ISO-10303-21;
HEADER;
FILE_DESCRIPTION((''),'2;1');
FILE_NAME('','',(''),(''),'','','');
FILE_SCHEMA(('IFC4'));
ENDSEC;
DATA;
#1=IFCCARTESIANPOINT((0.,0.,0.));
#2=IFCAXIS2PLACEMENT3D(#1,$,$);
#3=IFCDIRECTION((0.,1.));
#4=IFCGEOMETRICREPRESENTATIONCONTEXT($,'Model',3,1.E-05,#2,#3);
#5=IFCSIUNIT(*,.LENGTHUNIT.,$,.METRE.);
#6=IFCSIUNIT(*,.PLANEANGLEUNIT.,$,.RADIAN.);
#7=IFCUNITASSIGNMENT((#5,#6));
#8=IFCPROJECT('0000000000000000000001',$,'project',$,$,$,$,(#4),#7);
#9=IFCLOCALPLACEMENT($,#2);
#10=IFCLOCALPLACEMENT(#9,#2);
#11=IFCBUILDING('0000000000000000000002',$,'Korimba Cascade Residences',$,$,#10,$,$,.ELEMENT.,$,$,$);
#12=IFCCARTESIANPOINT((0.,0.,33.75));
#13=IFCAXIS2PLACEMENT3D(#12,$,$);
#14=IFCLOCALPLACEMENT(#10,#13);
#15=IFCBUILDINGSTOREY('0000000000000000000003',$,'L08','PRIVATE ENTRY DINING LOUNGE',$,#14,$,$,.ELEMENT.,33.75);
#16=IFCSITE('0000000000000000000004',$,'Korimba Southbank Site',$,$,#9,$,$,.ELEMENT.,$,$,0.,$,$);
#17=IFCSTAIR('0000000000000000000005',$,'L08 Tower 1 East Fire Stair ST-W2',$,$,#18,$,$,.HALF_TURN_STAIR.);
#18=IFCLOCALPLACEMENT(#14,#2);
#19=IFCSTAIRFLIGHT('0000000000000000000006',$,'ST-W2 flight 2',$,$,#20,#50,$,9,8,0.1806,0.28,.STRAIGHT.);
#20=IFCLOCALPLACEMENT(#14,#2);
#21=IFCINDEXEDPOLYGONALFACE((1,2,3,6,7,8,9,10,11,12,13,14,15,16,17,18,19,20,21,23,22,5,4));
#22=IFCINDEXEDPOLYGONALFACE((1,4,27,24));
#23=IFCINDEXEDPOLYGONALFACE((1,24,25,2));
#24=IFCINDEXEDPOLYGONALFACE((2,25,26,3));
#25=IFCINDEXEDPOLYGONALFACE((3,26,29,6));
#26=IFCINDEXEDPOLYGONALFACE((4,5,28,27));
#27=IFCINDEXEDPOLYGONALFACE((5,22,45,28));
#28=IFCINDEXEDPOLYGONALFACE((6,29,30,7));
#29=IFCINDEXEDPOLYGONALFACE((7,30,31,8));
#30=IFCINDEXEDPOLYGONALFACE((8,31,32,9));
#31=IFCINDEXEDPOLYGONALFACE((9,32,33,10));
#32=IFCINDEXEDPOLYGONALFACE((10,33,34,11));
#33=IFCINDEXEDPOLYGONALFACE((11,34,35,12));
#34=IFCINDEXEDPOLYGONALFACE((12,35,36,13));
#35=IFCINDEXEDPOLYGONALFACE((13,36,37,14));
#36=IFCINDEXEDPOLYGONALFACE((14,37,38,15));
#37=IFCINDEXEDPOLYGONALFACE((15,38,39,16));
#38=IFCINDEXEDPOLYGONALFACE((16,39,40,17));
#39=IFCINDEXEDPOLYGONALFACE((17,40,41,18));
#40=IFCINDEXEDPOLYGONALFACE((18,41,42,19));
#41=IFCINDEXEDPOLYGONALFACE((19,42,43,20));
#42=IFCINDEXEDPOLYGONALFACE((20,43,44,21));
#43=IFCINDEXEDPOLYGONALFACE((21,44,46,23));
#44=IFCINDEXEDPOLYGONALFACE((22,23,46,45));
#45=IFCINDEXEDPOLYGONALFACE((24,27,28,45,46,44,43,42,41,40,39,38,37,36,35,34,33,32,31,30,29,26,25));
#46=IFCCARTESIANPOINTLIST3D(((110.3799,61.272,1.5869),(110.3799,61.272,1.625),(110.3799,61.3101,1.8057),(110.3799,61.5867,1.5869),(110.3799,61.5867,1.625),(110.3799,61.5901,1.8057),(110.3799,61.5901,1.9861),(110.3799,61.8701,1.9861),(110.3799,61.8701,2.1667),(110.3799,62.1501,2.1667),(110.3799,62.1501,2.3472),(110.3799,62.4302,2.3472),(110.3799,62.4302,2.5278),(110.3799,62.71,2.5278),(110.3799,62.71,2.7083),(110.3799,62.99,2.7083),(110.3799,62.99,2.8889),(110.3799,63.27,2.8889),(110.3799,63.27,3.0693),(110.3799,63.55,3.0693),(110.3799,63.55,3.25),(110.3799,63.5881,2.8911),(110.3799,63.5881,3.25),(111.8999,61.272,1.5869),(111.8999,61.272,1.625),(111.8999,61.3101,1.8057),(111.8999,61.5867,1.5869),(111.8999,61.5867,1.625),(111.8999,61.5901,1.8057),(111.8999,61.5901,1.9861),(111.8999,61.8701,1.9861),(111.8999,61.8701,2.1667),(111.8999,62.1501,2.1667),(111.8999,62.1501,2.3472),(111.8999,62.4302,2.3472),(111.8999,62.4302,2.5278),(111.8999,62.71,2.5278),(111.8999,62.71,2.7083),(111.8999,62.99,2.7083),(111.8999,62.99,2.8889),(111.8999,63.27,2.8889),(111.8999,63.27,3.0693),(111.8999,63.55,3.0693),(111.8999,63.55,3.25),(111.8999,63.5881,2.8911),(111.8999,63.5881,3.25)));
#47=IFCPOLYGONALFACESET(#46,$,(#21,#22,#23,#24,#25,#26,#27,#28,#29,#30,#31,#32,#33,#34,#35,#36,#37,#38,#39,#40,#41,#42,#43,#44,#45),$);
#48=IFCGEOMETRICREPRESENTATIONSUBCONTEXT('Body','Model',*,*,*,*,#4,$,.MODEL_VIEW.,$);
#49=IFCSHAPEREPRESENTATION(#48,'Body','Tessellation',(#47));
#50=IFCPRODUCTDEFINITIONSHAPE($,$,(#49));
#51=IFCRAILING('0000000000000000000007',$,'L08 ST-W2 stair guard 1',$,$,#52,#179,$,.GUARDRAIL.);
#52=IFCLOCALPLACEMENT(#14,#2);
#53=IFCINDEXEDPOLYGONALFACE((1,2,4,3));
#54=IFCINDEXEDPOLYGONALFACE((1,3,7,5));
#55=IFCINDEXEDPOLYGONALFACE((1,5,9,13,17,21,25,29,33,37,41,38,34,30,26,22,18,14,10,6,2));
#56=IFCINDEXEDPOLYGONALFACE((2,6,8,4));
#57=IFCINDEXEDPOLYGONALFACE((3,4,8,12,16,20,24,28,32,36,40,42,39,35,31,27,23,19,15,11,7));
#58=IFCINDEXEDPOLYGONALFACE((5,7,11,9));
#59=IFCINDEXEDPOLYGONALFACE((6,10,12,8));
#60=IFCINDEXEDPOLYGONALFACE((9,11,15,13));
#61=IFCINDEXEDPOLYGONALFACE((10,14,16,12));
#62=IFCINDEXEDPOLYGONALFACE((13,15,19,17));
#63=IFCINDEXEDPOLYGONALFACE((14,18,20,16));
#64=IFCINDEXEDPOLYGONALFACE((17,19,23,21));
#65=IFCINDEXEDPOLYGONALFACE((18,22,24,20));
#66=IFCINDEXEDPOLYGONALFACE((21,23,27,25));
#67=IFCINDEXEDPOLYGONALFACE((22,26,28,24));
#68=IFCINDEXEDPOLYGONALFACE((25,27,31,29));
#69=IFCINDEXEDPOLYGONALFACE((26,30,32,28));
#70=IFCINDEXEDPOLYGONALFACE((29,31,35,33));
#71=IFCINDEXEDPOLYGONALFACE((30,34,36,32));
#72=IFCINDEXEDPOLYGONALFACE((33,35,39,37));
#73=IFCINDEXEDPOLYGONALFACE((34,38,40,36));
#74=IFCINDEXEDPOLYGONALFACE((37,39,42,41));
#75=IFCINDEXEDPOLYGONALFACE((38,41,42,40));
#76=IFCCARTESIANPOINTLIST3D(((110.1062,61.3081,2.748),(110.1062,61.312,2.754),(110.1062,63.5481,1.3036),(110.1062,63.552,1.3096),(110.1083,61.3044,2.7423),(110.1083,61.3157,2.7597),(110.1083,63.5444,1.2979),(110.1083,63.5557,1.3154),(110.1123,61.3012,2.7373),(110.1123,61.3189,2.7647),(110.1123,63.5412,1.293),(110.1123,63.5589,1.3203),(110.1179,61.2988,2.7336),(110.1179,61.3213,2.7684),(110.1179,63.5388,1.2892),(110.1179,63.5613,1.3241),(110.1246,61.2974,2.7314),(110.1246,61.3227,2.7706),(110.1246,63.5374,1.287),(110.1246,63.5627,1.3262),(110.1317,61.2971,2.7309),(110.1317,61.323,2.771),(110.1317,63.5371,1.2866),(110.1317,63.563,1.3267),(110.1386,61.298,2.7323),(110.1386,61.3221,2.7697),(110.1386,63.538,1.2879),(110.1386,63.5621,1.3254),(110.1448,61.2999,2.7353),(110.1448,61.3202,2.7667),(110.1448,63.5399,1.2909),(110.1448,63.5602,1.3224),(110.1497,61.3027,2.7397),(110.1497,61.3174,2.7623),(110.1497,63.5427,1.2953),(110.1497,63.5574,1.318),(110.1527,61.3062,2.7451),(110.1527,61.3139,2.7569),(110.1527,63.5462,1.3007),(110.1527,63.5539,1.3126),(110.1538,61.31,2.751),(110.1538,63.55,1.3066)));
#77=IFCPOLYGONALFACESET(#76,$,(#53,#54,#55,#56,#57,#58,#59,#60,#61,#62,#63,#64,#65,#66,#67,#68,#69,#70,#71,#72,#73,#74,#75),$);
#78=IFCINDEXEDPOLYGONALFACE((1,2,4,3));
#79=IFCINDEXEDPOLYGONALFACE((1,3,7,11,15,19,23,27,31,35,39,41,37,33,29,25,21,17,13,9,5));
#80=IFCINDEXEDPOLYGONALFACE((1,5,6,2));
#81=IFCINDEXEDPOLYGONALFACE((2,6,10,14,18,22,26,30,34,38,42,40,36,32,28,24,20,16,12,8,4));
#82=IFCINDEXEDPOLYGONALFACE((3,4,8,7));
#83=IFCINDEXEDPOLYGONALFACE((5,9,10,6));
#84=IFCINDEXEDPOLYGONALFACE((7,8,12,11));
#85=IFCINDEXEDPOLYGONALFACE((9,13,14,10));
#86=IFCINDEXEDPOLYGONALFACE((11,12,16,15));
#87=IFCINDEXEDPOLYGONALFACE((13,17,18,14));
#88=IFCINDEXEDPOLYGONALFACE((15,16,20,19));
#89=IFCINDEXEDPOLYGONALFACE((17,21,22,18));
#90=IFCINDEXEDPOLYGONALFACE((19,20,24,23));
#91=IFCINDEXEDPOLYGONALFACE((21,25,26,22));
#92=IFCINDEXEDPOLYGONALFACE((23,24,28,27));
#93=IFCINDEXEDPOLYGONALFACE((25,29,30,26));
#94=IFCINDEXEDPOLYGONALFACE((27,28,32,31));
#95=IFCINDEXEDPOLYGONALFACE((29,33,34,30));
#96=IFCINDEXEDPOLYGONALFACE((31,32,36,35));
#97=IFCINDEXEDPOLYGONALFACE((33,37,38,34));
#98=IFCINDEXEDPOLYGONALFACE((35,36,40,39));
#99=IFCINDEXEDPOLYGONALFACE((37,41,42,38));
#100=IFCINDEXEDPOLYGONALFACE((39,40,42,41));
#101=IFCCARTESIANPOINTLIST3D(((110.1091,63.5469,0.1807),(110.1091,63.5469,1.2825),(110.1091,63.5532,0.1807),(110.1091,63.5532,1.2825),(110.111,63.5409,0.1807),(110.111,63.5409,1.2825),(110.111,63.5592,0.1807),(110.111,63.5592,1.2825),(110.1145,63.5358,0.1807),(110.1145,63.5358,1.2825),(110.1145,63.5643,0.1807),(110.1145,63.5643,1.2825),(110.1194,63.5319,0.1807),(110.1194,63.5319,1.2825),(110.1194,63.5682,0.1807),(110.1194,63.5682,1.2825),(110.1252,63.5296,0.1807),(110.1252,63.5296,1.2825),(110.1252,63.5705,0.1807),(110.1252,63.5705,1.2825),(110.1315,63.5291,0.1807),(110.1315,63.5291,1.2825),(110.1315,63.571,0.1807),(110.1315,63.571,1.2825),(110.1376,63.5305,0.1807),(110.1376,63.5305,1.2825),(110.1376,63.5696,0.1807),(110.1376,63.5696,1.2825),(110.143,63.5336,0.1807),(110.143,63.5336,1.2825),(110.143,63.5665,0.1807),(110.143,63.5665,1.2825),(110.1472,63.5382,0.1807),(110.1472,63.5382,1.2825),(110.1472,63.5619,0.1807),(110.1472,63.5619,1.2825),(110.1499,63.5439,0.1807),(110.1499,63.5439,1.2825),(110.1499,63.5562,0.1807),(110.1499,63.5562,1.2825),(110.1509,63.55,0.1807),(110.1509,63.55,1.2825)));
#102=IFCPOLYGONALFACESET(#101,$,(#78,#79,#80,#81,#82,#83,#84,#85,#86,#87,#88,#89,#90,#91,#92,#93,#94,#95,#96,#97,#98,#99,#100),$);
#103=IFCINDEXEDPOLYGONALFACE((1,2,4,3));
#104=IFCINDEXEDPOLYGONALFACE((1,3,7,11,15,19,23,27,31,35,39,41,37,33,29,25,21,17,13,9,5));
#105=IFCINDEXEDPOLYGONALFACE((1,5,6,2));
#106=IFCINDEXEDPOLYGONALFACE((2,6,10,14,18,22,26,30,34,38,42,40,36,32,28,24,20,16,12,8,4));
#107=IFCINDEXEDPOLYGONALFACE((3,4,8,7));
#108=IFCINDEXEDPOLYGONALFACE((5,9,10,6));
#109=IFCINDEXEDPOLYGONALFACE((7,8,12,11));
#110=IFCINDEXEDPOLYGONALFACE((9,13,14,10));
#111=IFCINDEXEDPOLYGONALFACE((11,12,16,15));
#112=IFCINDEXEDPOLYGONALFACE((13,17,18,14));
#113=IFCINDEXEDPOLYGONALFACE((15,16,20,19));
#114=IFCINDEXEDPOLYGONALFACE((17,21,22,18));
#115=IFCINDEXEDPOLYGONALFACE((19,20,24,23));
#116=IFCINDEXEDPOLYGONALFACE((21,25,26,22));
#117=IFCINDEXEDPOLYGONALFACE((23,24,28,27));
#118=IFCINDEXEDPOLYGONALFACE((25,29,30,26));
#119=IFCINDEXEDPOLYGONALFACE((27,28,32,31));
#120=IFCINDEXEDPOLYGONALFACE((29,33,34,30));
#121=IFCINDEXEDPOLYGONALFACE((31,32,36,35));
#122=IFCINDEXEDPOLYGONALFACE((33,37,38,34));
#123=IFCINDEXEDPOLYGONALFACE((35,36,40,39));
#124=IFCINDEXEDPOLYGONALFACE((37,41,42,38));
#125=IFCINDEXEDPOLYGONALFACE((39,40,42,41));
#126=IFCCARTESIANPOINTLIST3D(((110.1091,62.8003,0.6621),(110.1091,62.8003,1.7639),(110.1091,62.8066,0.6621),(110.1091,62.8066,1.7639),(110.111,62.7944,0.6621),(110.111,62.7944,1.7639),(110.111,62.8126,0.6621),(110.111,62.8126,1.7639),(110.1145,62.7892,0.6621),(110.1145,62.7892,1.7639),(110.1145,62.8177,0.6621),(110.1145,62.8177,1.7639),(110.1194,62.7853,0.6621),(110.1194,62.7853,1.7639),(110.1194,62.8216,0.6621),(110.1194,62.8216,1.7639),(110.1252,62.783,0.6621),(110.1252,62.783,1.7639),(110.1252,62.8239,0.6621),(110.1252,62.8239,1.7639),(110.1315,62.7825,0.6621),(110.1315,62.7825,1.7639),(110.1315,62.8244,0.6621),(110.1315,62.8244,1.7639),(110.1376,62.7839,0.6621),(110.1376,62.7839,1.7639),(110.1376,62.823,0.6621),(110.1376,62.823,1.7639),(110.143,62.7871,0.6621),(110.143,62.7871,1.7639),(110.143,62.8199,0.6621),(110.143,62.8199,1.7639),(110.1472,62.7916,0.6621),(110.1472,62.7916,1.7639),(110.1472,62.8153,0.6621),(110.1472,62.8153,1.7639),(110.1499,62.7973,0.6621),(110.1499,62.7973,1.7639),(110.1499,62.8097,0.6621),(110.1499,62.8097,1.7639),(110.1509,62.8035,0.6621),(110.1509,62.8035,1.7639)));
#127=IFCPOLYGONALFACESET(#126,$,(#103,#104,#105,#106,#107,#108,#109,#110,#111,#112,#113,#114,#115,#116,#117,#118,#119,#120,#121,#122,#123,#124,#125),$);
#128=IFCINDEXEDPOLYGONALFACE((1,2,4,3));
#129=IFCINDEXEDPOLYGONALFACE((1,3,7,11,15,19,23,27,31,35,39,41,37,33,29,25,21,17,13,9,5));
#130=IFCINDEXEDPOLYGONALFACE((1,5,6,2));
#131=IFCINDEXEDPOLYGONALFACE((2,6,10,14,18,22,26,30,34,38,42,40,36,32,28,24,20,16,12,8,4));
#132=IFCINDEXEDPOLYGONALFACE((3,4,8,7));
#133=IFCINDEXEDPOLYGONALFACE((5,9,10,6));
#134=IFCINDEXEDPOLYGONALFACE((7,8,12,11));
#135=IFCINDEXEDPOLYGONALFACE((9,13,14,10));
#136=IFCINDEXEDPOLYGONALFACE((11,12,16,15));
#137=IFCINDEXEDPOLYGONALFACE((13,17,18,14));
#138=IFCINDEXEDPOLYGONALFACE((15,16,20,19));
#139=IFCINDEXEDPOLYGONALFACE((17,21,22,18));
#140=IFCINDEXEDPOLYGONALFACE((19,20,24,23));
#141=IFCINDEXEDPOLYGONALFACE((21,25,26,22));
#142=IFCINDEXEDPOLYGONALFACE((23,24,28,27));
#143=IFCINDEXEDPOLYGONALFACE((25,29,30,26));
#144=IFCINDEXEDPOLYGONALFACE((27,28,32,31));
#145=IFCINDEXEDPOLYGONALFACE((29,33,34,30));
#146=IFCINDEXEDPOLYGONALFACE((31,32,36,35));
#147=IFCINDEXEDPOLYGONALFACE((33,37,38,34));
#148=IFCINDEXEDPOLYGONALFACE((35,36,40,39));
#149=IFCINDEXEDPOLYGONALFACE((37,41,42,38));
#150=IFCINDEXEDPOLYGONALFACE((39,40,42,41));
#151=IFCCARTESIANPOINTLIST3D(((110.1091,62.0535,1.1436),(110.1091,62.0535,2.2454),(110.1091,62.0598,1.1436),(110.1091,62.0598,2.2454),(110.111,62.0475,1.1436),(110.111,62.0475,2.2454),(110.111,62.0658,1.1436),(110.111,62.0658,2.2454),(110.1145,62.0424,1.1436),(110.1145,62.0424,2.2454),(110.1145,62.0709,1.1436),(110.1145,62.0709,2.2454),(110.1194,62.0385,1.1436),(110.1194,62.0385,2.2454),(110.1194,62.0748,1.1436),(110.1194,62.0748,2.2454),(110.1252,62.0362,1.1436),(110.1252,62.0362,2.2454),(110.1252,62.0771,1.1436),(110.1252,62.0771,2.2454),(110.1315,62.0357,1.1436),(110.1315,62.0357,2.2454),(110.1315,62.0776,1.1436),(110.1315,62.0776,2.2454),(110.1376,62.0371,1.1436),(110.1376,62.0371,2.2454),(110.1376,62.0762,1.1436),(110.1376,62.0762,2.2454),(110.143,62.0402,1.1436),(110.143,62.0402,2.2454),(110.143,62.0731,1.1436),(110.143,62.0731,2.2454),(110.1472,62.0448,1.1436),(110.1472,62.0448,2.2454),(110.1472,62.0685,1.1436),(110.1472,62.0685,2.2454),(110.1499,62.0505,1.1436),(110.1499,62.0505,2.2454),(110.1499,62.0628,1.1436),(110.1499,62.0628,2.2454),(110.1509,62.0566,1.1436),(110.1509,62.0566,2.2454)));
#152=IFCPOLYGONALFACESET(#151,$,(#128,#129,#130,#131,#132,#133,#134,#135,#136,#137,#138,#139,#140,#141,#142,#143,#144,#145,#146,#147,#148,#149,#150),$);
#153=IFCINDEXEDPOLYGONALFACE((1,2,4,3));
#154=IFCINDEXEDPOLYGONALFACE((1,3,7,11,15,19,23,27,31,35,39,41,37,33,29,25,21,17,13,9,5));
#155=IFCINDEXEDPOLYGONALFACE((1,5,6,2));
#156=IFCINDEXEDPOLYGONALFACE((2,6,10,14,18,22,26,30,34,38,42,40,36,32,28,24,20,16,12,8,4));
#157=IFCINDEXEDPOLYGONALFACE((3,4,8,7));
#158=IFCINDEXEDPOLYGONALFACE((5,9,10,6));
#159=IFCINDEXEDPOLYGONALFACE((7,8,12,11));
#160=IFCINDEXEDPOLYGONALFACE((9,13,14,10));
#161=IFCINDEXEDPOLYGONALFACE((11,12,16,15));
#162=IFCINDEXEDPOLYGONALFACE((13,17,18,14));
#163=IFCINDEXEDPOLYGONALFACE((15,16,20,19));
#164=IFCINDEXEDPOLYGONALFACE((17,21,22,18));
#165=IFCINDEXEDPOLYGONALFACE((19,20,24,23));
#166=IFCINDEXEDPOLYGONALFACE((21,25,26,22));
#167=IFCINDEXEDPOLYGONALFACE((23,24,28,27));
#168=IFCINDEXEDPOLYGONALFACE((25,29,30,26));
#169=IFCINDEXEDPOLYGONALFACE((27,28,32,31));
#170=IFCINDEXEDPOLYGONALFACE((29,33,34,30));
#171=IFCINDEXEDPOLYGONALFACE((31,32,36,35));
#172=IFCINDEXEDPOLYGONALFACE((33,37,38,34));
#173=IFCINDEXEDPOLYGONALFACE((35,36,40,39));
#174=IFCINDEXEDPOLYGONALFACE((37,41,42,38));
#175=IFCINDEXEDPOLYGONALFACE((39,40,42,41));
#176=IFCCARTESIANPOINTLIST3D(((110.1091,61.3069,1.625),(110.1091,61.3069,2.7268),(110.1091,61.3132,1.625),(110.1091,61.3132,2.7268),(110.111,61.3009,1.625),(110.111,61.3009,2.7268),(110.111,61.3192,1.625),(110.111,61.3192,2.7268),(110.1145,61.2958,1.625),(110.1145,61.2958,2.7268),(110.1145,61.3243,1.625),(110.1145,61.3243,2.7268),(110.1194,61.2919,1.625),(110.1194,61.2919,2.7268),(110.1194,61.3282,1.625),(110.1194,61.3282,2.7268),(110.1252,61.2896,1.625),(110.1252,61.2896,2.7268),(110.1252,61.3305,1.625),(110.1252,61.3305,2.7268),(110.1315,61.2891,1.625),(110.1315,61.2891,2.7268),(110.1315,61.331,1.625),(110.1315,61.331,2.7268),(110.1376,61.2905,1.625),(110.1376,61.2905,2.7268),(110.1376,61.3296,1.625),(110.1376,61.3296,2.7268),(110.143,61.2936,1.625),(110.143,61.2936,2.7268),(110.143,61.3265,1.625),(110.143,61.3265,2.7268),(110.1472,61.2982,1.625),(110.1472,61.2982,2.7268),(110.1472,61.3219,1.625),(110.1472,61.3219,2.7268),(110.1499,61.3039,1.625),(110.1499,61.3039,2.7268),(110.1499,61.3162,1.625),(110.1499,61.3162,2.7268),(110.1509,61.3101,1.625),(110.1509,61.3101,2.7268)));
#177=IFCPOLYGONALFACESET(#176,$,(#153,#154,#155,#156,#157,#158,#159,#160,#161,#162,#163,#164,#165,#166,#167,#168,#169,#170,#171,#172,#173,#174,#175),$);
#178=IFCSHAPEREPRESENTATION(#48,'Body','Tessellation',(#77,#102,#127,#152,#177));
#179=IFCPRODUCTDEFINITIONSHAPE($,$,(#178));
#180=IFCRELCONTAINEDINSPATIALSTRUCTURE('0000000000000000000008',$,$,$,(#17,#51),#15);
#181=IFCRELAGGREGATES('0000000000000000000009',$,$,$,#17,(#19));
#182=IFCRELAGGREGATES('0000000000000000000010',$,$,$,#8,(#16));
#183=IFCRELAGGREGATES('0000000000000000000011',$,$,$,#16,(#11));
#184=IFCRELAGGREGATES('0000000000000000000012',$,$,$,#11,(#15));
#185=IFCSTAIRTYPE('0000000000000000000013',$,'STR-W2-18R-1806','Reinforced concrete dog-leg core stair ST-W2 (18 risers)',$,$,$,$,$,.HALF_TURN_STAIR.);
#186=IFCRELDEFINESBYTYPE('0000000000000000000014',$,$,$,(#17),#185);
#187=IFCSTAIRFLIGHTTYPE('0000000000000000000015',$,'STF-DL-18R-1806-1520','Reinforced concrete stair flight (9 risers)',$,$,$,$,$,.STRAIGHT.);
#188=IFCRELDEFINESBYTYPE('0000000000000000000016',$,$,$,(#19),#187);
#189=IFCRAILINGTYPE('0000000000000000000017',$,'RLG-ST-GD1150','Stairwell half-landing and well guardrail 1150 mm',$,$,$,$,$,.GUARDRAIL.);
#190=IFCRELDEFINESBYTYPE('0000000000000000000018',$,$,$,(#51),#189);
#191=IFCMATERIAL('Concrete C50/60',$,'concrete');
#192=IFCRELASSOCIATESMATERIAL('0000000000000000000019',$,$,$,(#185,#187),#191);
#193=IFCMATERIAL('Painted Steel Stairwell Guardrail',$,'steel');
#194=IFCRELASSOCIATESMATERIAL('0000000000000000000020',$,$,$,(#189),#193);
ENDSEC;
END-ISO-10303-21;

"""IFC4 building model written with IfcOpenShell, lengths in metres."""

from ifc_helpers import new_model, si_unit, direction, frame, origin, origin_2d, place, context, subcontext, project, spatial, polyline, circle, outline, extrude, material, type_object, element, aggregate, save


model = new_model("IFC4")

# Units and contexts
model_context = context("Model", 3, precision=1e-05, world=origin(), true_north=direction((0.0, 1.0)))
body_context = subcontext(model_context, "Body", "Model", "MODEL_VIEW")
ifc_project = project(units=[si_unit("LENGTHUNIT", "METRE"), si_unit("PLANEANGLEUNIT", "RADIAN")], contexts=[model_context])

# Site, building, storey
site_placement = place(None, origin())
site = spatial("IfcSite", under=ifc_project, at=site_placement, Name="Korimba Southbank Site", CompositionType="ELEMENT", RefElevation=0.0)
building_placement = place(site_placement, origin())
building = spatial("IfcBuilding", under=site, at=building_placement, Name="Korimba Cascade Residences", CompositionType="ELEMENT")
storey_placement = place(building_placement, frame((0.0, 0.0, 33.75)))
storey = spatial("IfcBuildingStorey", under=building, at=storey_placement, Name="L08", Description="PRIVATE ENTRY DINING LOUNGE", CompositionType="ELEMENT", Elevation=33.75)

# Shared definitions
ifc_material_1 = material(Name="Concrete C50/60", Category="concrete")

# Stair, stair flight
stair_type = type_object("IfcStairType", Name="STR-W2-18R-1806", Description="Reinforced concrete dog-leg core stair ST-W2 (18 risers)", PredefinedType="HALF_TURN_STAIR", material=ifc_material_1)
stair_placement = place(storey_placement, origin())
stair = element("IfcStair", 1, at=stair_placement, inside=storey, type_object=stair_type, Name="L08 Tower 1 East Fire Stair ST-W2", PredefinedType="HALF_TURN_STAIR")
stair_flight_type = type_object("IfcStairFlightType", Name="STF-DL-18R-1806-1520", Description="Reinforced concrete stair flight (9 risers)", PredefinedType="STRAIGHT", material=ifc_material_1)
stair_flight_1_placement = place(storey_placement, frame((111.1399, 61.3101, 1.625), z_axis=(0.0, 0.0, 1.0), x_axis=(0.0, 1.0, 0.0)))
stair_flight_1 = element("IfcStairFlight", 2, at=stair_flight_1_placement, type_object=stair_flight_type, Name="ST-W2 flight 2", NumberOfRisers=9, NumberOfTreads=8, PredefinedType="STRAIGHT", RiserHeight=0.1806, TreadLength=0.28, context=body_context, shape_type="SweptSolid", body=[
    extrude(outline(polyline([(-0.0381, 0.0), (0.0, 0.1807), (0.28, 0.1807), (0.28, 0.3611), (0.5601, 0.3611), (0.5601, 0.5417), (0.8401, 0.5417), (0.8401, 0.7222), (1.1201, 0.7222), (1.1201, 0.9028), (1.3999, 0.9028), (1.3999, 1.0833), (1.6799, 1.0833), (1.6799, 1.2639), (1.96, 1.2639), (1.96, 1.4443), (2.24, 1.4443), (2.24, 1.625), (2.2781, 1.625), (2.2781, 1.2661), (0.2766, 0.0), (0.2766, -0.0381), (-0.0381, -0.0381), (-0.0381, 0.0)])), frame((0.0, 0.76, 0.0), z_axis=(0.0, -1.0, 0.0), x_axis=(1.0, 0.0, 0.0)), (0.0, 0.0, 1.0), 1.52),
])
aggregate(stair, [stair_flight_1])

# Railing
ifc_material_2 = material(Name="Painted Steel Stairwell Guardrail", Category="steel")
railing_type_1 = type_object("IfcRailingType", Name="RLG-ST-GD1150", Description="Stairwell half-landing and well guardrail 1150 mm", PredefinedType="GUARDRAIL", material=ifc_material_2)
railing_1_placement = place(storey_placement, frame((110.1299, 63.55, 0.1807)))
element("IfcRailing", 3, at=railing_1_placement, inside=storey, type_object=railing_type_1, Name="L08 ST-W2 stair guard 1", PredefinedType="GUARDRAIL", context=body_context, shape_type="SweptSolid", body=[
    extrude(circle(Radius=0.0239, at=origin_2d()), frame((0.0, 0.0, 1.126), z_axis=(0.0, -0.840437, 0.54191), x_axis=(1.0, 0.0, 0.0)), (0.0, 0.0, 1.0), 2.6653),
    extrude(circle(Radius=0.021, at=origin_2d()), origin(), (0.0, 0.0, 1.0), 1.1018),
    extrude(circle(Radius=0.021, at=origin_2d()), frame((0.0, -0.7466, 0.4814)), (0.0, 0.0, 1.0), 1.1018),
    extrude(circle(Radius=0.021, at=origin_2d()), frame((0.0, -1.4934, 0.9629)), (0.0, 0.0, 1.0), 1.1018),
    extrude(circle(Radius=0.021, at=origin_2d()), frame((0.0, -2.24, 1.4443)), (0.0, 0.0, 1.0), 1.1018),
])

save(model, "model.ifc")
